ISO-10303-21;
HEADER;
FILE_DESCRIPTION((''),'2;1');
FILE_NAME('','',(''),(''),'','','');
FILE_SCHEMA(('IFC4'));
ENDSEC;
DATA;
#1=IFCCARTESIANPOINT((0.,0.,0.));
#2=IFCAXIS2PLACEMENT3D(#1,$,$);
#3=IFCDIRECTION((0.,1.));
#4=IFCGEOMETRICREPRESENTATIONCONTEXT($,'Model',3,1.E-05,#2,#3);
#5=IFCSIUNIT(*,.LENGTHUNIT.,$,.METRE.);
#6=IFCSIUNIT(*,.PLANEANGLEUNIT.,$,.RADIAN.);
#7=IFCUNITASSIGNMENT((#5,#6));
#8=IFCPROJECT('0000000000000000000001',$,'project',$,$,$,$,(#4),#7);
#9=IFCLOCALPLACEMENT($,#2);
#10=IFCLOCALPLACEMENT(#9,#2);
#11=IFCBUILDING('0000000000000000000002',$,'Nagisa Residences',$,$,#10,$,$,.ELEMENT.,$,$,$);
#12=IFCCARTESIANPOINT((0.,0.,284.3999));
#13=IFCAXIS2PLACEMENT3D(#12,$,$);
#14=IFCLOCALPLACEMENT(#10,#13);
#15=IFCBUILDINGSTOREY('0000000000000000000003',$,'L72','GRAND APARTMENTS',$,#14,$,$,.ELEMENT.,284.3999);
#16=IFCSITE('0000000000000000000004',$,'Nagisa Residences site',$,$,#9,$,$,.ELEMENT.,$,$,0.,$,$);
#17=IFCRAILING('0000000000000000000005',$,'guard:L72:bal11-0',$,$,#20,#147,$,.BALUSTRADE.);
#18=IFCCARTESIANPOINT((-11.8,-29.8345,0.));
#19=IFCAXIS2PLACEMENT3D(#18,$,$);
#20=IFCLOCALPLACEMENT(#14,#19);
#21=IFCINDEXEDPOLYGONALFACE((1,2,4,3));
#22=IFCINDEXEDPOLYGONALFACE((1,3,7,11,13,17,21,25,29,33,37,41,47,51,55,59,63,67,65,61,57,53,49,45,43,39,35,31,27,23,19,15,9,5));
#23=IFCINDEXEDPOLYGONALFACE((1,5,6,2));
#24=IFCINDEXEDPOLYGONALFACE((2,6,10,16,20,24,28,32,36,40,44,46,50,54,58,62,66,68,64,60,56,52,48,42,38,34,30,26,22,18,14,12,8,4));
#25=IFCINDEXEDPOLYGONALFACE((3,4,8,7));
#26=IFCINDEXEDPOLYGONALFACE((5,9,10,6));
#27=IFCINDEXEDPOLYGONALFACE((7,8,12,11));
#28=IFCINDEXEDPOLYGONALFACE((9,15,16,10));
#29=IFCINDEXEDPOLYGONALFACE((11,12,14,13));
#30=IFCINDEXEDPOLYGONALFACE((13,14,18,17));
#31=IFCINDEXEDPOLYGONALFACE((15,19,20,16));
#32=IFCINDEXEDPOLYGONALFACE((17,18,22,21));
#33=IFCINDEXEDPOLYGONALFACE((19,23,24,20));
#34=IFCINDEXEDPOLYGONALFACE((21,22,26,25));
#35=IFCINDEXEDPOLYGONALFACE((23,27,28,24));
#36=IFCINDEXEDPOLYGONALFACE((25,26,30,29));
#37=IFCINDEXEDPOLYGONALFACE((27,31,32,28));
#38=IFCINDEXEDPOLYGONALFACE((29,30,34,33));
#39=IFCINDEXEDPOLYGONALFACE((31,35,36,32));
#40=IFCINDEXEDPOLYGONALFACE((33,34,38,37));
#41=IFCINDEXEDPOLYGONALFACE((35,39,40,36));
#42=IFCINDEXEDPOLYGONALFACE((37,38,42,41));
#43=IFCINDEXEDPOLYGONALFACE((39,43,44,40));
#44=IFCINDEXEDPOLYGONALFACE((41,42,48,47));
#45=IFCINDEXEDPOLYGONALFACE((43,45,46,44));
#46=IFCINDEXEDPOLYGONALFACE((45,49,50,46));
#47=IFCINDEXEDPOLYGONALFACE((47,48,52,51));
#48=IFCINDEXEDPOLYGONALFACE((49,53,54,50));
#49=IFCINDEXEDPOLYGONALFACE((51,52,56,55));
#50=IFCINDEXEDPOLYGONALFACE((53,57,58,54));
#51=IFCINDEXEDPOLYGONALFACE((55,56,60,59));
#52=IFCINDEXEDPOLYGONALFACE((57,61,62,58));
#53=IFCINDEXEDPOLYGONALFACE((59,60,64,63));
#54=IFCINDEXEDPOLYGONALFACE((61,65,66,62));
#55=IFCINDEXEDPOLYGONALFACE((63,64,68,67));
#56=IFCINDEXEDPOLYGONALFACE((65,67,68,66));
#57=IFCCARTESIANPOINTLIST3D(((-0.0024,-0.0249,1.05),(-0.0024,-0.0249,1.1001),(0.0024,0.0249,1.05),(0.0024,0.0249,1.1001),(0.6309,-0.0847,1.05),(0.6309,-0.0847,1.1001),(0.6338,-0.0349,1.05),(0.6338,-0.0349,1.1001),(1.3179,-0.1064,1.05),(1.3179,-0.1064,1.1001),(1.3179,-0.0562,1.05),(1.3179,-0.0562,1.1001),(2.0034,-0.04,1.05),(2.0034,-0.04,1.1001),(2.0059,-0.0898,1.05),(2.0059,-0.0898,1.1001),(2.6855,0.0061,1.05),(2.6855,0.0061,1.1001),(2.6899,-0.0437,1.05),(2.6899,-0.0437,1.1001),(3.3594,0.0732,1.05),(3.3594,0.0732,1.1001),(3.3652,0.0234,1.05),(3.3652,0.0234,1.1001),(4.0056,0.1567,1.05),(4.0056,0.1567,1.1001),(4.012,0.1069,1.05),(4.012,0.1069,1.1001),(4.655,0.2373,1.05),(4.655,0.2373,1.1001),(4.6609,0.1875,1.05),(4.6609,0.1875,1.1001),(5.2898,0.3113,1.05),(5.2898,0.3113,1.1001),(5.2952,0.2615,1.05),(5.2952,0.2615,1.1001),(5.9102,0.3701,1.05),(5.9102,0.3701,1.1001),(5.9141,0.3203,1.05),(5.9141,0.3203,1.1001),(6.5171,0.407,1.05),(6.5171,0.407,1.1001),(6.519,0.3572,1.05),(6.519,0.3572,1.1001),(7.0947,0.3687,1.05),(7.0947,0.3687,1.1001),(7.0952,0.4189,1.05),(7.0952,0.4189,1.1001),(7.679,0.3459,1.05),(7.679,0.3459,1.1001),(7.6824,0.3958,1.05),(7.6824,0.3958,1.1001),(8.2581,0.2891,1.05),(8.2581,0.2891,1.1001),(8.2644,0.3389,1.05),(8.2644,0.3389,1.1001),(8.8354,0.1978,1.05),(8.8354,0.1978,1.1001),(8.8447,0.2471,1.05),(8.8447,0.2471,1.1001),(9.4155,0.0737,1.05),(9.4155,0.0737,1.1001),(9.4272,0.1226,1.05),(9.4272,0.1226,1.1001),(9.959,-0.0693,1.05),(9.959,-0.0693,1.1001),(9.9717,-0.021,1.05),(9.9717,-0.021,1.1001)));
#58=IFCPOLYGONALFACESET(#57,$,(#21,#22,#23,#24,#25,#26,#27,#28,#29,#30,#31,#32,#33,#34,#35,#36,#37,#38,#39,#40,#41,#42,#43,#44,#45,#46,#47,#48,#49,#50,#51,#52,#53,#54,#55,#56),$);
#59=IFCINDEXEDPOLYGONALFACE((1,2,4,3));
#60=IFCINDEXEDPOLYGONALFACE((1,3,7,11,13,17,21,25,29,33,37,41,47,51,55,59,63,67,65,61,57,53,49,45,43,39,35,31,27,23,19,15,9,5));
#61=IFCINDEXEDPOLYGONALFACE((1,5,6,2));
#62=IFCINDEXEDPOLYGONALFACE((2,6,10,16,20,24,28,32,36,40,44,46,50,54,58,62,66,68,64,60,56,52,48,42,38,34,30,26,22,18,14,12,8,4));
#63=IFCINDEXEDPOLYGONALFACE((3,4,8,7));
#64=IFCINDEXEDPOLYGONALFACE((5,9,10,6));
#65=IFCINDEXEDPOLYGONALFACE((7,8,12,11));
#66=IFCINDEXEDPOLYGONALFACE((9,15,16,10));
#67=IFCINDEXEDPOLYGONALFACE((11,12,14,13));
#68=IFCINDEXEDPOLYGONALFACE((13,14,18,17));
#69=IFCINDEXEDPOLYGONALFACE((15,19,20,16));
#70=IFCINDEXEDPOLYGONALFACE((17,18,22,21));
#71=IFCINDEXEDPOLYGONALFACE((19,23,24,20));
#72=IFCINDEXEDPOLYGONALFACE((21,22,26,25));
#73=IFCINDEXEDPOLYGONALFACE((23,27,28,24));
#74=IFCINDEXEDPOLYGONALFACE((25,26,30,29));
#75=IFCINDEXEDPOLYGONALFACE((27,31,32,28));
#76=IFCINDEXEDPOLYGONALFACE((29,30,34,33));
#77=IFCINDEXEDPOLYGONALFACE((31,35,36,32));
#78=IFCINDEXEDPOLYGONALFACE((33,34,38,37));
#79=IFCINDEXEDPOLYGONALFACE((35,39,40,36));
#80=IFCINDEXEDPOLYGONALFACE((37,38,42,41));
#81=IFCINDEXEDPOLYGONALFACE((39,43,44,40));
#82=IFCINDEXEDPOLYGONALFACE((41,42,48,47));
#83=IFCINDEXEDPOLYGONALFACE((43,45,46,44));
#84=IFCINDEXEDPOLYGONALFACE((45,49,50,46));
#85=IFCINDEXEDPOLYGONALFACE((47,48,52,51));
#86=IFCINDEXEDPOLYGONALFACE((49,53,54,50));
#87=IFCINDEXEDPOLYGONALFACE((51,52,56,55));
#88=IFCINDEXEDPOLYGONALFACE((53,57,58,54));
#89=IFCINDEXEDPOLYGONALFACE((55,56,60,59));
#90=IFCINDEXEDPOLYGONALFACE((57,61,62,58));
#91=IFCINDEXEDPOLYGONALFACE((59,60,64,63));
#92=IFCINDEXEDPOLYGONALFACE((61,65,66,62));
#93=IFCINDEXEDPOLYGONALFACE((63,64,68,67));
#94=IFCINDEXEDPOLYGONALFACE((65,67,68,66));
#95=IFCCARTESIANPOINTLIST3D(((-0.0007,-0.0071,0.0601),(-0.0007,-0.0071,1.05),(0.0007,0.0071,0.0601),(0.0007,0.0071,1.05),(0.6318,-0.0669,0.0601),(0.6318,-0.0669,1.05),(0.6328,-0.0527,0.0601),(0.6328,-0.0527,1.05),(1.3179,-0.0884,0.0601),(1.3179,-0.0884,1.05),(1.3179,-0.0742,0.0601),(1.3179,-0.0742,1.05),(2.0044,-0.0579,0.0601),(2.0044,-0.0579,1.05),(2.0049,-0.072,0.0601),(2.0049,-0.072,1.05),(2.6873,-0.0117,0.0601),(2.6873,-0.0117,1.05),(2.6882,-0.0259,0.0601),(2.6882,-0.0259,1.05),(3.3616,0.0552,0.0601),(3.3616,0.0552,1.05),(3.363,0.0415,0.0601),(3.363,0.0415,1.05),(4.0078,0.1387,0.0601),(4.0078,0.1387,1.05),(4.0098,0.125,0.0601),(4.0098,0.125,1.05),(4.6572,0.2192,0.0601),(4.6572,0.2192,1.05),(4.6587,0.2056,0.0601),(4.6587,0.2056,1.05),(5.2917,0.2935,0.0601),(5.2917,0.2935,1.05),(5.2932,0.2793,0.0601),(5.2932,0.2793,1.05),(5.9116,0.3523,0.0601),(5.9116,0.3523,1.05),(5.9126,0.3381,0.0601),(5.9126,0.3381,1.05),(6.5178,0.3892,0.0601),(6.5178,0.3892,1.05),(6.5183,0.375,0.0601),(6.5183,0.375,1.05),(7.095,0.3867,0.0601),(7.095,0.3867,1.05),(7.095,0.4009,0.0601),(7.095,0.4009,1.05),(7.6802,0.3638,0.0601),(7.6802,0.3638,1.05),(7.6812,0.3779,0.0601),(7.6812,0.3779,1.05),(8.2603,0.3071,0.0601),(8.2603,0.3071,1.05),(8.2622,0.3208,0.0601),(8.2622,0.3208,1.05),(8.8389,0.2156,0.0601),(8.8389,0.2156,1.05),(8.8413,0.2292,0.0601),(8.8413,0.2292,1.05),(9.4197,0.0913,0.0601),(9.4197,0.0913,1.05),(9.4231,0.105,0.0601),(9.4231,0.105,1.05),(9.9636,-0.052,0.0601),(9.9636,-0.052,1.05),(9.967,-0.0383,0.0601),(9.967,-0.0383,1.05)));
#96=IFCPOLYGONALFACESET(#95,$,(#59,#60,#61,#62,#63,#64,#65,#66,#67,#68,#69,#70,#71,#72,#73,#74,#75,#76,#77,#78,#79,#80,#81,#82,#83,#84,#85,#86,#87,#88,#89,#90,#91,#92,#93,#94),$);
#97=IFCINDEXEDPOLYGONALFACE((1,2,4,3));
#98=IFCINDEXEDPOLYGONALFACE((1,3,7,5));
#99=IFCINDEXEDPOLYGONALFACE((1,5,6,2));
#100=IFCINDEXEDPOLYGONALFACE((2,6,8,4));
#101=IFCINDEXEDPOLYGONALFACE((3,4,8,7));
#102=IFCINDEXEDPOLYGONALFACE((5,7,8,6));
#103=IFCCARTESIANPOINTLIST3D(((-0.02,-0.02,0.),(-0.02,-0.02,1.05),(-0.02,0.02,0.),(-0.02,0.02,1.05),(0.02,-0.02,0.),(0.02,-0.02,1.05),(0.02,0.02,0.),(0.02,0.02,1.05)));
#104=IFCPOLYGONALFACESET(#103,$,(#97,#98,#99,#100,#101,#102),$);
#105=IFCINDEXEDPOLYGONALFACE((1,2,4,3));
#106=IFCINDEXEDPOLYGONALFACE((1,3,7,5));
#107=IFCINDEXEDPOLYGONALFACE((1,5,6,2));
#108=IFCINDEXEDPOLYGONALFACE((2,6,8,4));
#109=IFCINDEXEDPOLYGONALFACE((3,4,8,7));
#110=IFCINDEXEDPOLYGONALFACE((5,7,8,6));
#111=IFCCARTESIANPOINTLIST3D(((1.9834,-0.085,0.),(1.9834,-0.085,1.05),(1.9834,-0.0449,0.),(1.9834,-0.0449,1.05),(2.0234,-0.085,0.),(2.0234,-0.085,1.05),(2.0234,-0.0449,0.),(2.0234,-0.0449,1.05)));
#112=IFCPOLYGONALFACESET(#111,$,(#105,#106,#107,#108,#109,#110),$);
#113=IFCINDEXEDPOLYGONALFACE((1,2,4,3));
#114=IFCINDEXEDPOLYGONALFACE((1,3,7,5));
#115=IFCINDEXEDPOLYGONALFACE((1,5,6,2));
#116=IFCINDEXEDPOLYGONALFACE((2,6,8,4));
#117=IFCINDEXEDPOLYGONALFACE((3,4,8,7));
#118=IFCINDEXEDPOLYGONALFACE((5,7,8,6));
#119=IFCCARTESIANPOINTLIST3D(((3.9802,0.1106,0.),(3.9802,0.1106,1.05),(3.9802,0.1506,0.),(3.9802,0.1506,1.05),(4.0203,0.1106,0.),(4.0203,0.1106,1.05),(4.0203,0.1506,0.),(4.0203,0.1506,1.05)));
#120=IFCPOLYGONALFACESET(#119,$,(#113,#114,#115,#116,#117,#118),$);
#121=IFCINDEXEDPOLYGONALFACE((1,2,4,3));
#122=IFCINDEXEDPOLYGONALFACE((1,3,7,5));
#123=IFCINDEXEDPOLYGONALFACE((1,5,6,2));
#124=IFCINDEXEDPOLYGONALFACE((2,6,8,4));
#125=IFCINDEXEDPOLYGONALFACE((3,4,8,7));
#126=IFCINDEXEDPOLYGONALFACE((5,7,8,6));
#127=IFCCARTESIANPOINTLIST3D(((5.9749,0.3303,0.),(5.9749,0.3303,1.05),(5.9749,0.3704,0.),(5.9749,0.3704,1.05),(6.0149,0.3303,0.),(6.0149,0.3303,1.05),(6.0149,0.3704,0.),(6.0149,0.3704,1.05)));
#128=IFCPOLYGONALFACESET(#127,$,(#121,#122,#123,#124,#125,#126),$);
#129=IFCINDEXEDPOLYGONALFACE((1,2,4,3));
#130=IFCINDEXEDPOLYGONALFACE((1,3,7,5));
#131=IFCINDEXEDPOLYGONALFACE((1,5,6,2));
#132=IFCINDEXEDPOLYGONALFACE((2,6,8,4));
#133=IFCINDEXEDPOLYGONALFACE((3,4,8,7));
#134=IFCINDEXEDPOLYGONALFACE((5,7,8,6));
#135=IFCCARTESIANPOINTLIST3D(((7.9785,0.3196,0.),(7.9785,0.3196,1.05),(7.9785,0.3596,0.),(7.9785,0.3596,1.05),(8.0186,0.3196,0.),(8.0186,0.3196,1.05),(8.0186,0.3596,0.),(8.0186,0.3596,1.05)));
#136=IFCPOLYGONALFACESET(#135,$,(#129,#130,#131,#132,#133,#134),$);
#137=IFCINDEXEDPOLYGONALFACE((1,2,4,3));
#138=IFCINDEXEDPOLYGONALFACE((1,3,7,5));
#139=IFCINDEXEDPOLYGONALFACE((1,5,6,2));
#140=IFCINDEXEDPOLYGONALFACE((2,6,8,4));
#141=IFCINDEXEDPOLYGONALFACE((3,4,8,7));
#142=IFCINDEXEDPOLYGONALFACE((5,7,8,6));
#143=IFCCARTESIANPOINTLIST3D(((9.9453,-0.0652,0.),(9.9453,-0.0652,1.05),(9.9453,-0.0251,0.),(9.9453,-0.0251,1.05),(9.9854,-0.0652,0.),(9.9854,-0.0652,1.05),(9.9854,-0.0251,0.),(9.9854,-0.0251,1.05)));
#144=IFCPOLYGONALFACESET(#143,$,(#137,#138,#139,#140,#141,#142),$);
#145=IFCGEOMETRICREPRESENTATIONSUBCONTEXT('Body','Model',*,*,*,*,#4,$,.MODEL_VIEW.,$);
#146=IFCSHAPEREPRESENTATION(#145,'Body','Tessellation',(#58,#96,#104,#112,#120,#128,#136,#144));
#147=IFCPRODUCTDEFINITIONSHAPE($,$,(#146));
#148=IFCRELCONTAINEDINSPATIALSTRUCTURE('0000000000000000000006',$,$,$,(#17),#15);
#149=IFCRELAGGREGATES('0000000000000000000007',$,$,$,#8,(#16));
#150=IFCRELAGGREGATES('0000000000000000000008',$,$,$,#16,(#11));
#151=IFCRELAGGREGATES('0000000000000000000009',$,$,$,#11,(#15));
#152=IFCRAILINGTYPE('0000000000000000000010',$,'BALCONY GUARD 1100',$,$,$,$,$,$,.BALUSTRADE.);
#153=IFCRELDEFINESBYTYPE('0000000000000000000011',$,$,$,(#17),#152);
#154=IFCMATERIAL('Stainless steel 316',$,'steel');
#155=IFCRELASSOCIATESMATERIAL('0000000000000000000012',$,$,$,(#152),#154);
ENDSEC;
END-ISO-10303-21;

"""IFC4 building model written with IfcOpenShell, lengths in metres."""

from ifc_helpers import new_model, si_unit, direction, frame, origin, origin_2d, place, context, subcontext, project, spatial, polyline, rectangle, outline, extrude, material, type_object, element, save


model = new_model("IFC4")

# Units and contexts
model_context = context("Model", 3, precision=1e-05, world=origin(), true_north=direction((0.0, 1.0)))
body_context = subcontext(model_context, "Body", "Model", "MODEL_VIEW")
ifc_project = project(units=[si_unit("LENGTHUNIT", "METRE"), si_unit("PLANEANGLEUNIT", "RADIAN")], contexts=[model_context])

# Site, building, storey
site_placement = place(None, origin())
site = spatial("IfcSite", under=ifc_project, at=site_placement, Name="Nagisa Residences site", CompositionType="ELEMENT", RefElevation=0.0)
building_placement = place(site_placement, origin())
building = spatial("IfcBuilding", under=site, at=building_placement, Name="Nagisa Residences", CompositionType="ELEMENT")
storey_placement = place(building_placement, frame((0.0, 0.0, 284.3999)))
storey = spatial("IfcBuildingStorey", under=building, at=storey_placement, Name="L72", Description="GRAND APARTMENTS", CompositionType="ELEMENT", Elevation=284.3999)

# Railing
ifc_material_1 = material(Name="Stainless steel 316", Category="steel")
railing_type = type_object("IfcRailingType", Name="BALCONY GUARD 1100", PredefinedType="BALUSTRADE", material=ifc_material_1)
railing_1_placement = place(storey_placement, frame((-11.8, -29.8345, 0.0)))
element("IfcRailing", 1, at=railing_1_placement, inside=storey, type_object=railing_type, Name="guard:L72:bal11-0", PredefinedType="BALUSTRADE", context=body_context, shape_type="SweptSolid", body=[
    extrude(outline(polyline([(0.6338, -0.0349), (0.0024, 0.0249), (-0.0024, -0.0249), (0.6309, -0.0847), (1.3179, -0.1064), (2.0059, -0.0898), (2.6899, -0.0437), (3.3652, 0.0234), (4.012, 0.1069), (4.6609, 0.1875), (5.2952, 0.2615), (5.9141, 0.3203), (6.519, 0.3572), (7.0947, 0.3687), (7.679, 0.3459), (8.2581, 0.2891), (8.8354, 0.1978), (9.4155, 0.0737), (9.959, -0.0693), (9.9717, -0.021), (9.4272, 0.1226), (8.8447, 0.2471), (8.2644, 0.3389), (7.6824, 0.3958), (7.0952, 0.4189), (6.5171, 0.407), (5.9102, 0.3701), (5.2898, 0.3113), (4.655, 0.2373), (4.0056, 0.1567), (3.3594, 0.0732), (2.6855, 0.0061), (2.0034, -0.04), (1.3179, -0.0562), (0.6338, -0.0349)])), frame((0.0, 0.0, 1.05)), (0.0, 0.0, 1.0), 0.05),
    extrude(outline(polyline([(0.6328, -0.0527), (0.0007, 0.0071), (-0.0007, -0.0071), (0.6318, -0.0669), (1.3179, -0.0884), (2.0049, -0.072), (2.6882, -0.0259), (3.363, 0.0415), (4.0098, 0.125), (4.6587, 0.2056), (5.2932, 0.2793), (5.9126, 0.3381), (6.5183, 0.375), (7.095, 0.3867), (7.6802, 0.3638), (8.2603, 0.3071), (8.8389, 0.2156), (9.4197, 0.0913), (9.9636, -0.052), (9.967, -0.0383), (9.4231, 0.105), (8.8413, 0.2292), (8.2622, 0.3208), (7.6812, 0.3779), (7.095, 0.4009), (6.5178, 0.3892), (5.9116, 0.3523), (5.2917, 0.2935), (4.6572, 0.2192), (4.0078, 0.1387), (3.3616, 0.0552), (2.6873, -0.0117), (2.0044, -0.0579), (1.3179, -0.0742), (0.6328, -0.0527)])), frame((0.0, 0.0, 0.0601)), (0.0, 0.0, 1.0), 0.99),
    extrude(rectangle(XDim=0.04, YDim=0.04, at=origin_2d()), origin(), (0.0, 0.0, 1.0), 1.05),
    extrude(rectangle(XDim=0.04, YDim=0.04, at=origin_2d()), frame((2.0034, -0.0649, 0.0)), (0.0, 0.0, 1.0), 1.05),
    extrude(rectangle(XDim=0.04, YDim=0.04, at=origin_2d()), frame((4.0002, 0.1306, 0.0)), (0.0, 0.0, 1.0), 1.05),
    extrude(rectangle(XDim=0.04, YDim=0.04, at=origin_2d()), frame((5.9949, 0.3503, 0.0)), (0.0, 0.0, 1.0), 1.05),
    extrude(rectangle(XDim=0.04, YDim=0.04, at=origin_2d()), frame((7.9985, 0.3396, 0.0)), (0.0, 0.0, 1.0), 1.05),
    extrude(rectangle(XDim=0.04, YDim=0.04, at=origin_2d()), frame((9.9653, -0.0452, 0.0)), (0.0, 0.0, 1.0), 1.05),
])

save(model, "model.ifc")
